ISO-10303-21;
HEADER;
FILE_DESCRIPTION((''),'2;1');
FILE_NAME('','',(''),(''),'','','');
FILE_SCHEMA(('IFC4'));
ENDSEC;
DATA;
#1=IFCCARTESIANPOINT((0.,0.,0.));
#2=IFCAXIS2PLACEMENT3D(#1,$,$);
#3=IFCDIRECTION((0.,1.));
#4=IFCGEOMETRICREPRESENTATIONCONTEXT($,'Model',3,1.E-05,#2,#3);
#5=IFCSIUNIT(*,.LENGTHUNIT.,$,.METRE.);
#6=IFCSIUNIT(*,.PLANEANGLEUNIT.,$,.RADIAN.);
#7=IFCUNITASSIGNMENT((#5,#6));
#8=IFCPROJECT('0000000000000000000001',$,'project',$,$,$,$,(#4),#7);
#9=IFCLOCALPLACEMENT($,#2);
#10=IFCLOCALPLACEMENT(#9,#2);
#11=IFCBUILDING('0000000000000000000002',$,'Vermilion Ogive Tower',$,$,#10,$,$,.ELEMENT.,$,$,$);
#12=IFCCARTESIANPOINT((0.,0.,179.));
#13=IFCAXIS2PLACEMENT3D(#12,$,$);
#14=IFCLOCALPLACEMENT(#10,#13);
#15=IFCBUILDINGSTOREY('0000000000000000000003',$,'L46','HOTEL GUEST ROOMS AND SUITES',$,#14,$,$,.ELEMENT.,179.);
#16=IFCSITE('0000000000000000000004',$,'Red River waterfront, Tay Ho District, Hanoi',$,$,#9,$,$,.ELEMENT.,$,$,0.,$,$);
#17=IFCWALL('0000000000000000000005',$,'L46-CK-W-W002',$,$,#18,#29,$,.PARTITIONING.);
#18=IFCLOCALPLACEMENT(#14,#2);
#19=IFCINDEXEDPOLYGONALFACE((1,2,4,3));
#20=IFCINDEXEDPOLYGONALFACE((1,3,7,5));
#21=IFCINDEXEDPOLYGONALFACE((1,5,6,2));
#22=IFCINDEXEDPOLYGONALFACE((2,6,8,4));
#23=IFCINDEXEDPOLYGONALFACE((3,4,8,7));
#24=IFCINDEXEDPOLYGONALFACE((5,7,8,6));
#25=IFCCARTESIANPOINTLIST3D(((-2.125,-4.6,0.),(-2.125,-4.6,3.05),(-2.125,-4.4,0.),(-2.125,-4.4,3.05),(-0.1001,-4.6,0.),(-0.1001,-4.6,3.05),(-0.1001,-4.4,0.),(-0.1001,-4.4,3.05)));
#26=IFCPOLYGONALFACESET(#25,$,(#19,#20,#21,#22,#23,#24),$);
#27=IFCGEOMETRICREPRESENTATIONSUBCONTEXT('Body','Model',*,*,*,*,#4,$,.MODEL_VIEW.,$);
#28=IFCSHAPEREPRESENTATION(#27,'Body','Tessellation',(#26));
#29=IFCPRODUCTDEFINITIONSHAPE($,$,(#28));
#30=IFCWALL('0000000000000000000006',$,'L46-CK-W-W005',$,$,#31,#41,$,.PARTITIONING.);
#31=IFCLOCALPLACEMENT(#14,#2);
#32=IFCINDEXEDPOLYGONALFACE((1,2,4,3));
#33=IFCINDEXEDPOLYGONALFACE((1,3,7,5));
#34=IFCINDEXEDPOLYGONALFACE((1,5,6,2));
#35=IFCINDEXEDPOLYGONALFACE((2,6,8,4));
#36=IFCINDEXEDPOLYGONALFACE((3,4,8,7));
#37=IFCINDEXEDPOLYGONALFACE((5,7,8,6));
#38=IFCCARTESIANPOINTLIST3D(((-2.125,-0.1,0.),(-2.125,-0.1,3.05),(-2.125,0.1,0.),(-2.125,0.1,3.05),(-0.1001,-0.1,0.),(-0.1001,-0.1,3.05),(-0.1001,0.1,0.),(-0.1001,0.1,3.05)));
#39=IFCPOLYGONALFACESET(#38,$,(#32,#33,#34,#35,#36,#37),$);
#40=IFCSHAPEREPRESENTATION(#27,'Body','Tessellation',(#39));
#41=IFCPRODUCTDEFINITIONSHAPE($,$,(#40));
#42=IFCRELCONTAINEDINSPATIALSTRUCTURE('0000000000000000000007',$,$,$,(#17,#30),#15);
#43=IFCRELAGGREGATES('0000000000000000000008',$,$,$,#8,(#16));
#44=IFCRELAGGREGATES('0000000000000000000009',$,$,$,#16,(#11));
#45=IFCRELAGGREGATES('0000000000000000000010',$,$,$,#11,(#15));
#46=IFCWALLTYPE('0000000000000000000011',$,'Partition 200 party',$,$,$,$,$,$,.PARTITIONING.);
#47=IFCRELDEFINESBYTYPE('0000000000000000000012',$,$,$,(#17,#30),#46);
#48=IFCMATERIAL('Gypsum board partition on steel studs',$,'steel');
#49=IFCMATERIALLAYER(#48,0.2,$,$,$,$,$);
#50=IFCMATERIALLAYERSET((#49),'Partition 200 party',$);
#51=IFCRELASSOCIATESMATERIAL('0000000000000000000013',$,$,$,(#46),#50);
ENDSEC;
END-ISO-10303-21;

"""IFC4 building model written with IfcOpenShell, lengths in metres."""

from ifc_helpers import new_model, si_unit, direction, frame, frame_2d, origin, place, context, subcontext, project, spatial, rectangle, extrude, material, layer, layer_set, type_object, element, save


model = new_model("IFC4")

# Units and contexts
model_context = context("Model", 3, precision=1e-05, world=origin(), true_north=direction((0.0, 1.0)))
body_context = subcontext(model_context, "Body", "Model", "MODEL_VIEW")
ifc_project = project(units=[si_unit("LENGTHUNIT", "METRE"), si_unit("PLANEANGLEUNIT", "RADIAN")], contexts=[model_context])

# Site, building, storey
site_placement = place(None, origin())
site = spatial("IfcSite", under=ifc_project, at=site_placement, Name="Red River waterfront, Tay Ho District, Hanoi", CompositionType="ELEMENT", RefElevation=0.0)
building_placement = place(site_placement, origin())
building = spatial("IfcBuilding", under=site, at=building_placement, Name="Vermilion Ogive Tower", CompositionType="ELEMENT")
storey_placement = place(building_placement, frame((0.0, 0.0, 179.0)))
storey = spatial("IfcBuildingStorey", under=building, at=storey_placement, Name="L46", Description="HOTEL GUEST ROOMS AND SUITES", CompositionType="ELEMENT", Elevation=179.0)

# Walls
ifc_material_1 = material(Name="Gypsum board partition on steel studs", Category="steel")
ifc_layer_1 = layer(ifc_material_1, 0.2)
ifc_layer_set_1 = layer_set([ifc_layer_1], Name="Partition 200 party")
wall_type_1 = type_object("IfcWallType", Name="Partition 200 party", PredefinedType="PARTITIONING", material=ifc_layer_set_1)
for number, where, z_axis, x_axis, name in (
    (1, (-2.125, -4.5, 0.0), (0.0, 0.0, 1.0), (1.0, 0.0, 0.0), "L46-CK-W-W002"),
    (2, (-2.125, 0.0, 0.0), (0.0, 0.0, 1.0), (1.0, 0.0, 0.0), "L46-CK-W-W005"),
):
    element("IfcWall", number, at=place(storey_placement, frame(where, z_axis=z_axis, x_axis=x_axis)), inside=storey, type_object=wall_type_1, Name=name, PredefinedType="PARTITIONING", context=body_context, shape_type="SweptSolid", body=[
        extrude(rectangle(XDim=2.0249, YDim=0.2, at=frame_2d((1.0125, 0.0))), origin(), (0.0, 0.0, 1.0), 3.05),
    ])

save(model, "model.ifc")
